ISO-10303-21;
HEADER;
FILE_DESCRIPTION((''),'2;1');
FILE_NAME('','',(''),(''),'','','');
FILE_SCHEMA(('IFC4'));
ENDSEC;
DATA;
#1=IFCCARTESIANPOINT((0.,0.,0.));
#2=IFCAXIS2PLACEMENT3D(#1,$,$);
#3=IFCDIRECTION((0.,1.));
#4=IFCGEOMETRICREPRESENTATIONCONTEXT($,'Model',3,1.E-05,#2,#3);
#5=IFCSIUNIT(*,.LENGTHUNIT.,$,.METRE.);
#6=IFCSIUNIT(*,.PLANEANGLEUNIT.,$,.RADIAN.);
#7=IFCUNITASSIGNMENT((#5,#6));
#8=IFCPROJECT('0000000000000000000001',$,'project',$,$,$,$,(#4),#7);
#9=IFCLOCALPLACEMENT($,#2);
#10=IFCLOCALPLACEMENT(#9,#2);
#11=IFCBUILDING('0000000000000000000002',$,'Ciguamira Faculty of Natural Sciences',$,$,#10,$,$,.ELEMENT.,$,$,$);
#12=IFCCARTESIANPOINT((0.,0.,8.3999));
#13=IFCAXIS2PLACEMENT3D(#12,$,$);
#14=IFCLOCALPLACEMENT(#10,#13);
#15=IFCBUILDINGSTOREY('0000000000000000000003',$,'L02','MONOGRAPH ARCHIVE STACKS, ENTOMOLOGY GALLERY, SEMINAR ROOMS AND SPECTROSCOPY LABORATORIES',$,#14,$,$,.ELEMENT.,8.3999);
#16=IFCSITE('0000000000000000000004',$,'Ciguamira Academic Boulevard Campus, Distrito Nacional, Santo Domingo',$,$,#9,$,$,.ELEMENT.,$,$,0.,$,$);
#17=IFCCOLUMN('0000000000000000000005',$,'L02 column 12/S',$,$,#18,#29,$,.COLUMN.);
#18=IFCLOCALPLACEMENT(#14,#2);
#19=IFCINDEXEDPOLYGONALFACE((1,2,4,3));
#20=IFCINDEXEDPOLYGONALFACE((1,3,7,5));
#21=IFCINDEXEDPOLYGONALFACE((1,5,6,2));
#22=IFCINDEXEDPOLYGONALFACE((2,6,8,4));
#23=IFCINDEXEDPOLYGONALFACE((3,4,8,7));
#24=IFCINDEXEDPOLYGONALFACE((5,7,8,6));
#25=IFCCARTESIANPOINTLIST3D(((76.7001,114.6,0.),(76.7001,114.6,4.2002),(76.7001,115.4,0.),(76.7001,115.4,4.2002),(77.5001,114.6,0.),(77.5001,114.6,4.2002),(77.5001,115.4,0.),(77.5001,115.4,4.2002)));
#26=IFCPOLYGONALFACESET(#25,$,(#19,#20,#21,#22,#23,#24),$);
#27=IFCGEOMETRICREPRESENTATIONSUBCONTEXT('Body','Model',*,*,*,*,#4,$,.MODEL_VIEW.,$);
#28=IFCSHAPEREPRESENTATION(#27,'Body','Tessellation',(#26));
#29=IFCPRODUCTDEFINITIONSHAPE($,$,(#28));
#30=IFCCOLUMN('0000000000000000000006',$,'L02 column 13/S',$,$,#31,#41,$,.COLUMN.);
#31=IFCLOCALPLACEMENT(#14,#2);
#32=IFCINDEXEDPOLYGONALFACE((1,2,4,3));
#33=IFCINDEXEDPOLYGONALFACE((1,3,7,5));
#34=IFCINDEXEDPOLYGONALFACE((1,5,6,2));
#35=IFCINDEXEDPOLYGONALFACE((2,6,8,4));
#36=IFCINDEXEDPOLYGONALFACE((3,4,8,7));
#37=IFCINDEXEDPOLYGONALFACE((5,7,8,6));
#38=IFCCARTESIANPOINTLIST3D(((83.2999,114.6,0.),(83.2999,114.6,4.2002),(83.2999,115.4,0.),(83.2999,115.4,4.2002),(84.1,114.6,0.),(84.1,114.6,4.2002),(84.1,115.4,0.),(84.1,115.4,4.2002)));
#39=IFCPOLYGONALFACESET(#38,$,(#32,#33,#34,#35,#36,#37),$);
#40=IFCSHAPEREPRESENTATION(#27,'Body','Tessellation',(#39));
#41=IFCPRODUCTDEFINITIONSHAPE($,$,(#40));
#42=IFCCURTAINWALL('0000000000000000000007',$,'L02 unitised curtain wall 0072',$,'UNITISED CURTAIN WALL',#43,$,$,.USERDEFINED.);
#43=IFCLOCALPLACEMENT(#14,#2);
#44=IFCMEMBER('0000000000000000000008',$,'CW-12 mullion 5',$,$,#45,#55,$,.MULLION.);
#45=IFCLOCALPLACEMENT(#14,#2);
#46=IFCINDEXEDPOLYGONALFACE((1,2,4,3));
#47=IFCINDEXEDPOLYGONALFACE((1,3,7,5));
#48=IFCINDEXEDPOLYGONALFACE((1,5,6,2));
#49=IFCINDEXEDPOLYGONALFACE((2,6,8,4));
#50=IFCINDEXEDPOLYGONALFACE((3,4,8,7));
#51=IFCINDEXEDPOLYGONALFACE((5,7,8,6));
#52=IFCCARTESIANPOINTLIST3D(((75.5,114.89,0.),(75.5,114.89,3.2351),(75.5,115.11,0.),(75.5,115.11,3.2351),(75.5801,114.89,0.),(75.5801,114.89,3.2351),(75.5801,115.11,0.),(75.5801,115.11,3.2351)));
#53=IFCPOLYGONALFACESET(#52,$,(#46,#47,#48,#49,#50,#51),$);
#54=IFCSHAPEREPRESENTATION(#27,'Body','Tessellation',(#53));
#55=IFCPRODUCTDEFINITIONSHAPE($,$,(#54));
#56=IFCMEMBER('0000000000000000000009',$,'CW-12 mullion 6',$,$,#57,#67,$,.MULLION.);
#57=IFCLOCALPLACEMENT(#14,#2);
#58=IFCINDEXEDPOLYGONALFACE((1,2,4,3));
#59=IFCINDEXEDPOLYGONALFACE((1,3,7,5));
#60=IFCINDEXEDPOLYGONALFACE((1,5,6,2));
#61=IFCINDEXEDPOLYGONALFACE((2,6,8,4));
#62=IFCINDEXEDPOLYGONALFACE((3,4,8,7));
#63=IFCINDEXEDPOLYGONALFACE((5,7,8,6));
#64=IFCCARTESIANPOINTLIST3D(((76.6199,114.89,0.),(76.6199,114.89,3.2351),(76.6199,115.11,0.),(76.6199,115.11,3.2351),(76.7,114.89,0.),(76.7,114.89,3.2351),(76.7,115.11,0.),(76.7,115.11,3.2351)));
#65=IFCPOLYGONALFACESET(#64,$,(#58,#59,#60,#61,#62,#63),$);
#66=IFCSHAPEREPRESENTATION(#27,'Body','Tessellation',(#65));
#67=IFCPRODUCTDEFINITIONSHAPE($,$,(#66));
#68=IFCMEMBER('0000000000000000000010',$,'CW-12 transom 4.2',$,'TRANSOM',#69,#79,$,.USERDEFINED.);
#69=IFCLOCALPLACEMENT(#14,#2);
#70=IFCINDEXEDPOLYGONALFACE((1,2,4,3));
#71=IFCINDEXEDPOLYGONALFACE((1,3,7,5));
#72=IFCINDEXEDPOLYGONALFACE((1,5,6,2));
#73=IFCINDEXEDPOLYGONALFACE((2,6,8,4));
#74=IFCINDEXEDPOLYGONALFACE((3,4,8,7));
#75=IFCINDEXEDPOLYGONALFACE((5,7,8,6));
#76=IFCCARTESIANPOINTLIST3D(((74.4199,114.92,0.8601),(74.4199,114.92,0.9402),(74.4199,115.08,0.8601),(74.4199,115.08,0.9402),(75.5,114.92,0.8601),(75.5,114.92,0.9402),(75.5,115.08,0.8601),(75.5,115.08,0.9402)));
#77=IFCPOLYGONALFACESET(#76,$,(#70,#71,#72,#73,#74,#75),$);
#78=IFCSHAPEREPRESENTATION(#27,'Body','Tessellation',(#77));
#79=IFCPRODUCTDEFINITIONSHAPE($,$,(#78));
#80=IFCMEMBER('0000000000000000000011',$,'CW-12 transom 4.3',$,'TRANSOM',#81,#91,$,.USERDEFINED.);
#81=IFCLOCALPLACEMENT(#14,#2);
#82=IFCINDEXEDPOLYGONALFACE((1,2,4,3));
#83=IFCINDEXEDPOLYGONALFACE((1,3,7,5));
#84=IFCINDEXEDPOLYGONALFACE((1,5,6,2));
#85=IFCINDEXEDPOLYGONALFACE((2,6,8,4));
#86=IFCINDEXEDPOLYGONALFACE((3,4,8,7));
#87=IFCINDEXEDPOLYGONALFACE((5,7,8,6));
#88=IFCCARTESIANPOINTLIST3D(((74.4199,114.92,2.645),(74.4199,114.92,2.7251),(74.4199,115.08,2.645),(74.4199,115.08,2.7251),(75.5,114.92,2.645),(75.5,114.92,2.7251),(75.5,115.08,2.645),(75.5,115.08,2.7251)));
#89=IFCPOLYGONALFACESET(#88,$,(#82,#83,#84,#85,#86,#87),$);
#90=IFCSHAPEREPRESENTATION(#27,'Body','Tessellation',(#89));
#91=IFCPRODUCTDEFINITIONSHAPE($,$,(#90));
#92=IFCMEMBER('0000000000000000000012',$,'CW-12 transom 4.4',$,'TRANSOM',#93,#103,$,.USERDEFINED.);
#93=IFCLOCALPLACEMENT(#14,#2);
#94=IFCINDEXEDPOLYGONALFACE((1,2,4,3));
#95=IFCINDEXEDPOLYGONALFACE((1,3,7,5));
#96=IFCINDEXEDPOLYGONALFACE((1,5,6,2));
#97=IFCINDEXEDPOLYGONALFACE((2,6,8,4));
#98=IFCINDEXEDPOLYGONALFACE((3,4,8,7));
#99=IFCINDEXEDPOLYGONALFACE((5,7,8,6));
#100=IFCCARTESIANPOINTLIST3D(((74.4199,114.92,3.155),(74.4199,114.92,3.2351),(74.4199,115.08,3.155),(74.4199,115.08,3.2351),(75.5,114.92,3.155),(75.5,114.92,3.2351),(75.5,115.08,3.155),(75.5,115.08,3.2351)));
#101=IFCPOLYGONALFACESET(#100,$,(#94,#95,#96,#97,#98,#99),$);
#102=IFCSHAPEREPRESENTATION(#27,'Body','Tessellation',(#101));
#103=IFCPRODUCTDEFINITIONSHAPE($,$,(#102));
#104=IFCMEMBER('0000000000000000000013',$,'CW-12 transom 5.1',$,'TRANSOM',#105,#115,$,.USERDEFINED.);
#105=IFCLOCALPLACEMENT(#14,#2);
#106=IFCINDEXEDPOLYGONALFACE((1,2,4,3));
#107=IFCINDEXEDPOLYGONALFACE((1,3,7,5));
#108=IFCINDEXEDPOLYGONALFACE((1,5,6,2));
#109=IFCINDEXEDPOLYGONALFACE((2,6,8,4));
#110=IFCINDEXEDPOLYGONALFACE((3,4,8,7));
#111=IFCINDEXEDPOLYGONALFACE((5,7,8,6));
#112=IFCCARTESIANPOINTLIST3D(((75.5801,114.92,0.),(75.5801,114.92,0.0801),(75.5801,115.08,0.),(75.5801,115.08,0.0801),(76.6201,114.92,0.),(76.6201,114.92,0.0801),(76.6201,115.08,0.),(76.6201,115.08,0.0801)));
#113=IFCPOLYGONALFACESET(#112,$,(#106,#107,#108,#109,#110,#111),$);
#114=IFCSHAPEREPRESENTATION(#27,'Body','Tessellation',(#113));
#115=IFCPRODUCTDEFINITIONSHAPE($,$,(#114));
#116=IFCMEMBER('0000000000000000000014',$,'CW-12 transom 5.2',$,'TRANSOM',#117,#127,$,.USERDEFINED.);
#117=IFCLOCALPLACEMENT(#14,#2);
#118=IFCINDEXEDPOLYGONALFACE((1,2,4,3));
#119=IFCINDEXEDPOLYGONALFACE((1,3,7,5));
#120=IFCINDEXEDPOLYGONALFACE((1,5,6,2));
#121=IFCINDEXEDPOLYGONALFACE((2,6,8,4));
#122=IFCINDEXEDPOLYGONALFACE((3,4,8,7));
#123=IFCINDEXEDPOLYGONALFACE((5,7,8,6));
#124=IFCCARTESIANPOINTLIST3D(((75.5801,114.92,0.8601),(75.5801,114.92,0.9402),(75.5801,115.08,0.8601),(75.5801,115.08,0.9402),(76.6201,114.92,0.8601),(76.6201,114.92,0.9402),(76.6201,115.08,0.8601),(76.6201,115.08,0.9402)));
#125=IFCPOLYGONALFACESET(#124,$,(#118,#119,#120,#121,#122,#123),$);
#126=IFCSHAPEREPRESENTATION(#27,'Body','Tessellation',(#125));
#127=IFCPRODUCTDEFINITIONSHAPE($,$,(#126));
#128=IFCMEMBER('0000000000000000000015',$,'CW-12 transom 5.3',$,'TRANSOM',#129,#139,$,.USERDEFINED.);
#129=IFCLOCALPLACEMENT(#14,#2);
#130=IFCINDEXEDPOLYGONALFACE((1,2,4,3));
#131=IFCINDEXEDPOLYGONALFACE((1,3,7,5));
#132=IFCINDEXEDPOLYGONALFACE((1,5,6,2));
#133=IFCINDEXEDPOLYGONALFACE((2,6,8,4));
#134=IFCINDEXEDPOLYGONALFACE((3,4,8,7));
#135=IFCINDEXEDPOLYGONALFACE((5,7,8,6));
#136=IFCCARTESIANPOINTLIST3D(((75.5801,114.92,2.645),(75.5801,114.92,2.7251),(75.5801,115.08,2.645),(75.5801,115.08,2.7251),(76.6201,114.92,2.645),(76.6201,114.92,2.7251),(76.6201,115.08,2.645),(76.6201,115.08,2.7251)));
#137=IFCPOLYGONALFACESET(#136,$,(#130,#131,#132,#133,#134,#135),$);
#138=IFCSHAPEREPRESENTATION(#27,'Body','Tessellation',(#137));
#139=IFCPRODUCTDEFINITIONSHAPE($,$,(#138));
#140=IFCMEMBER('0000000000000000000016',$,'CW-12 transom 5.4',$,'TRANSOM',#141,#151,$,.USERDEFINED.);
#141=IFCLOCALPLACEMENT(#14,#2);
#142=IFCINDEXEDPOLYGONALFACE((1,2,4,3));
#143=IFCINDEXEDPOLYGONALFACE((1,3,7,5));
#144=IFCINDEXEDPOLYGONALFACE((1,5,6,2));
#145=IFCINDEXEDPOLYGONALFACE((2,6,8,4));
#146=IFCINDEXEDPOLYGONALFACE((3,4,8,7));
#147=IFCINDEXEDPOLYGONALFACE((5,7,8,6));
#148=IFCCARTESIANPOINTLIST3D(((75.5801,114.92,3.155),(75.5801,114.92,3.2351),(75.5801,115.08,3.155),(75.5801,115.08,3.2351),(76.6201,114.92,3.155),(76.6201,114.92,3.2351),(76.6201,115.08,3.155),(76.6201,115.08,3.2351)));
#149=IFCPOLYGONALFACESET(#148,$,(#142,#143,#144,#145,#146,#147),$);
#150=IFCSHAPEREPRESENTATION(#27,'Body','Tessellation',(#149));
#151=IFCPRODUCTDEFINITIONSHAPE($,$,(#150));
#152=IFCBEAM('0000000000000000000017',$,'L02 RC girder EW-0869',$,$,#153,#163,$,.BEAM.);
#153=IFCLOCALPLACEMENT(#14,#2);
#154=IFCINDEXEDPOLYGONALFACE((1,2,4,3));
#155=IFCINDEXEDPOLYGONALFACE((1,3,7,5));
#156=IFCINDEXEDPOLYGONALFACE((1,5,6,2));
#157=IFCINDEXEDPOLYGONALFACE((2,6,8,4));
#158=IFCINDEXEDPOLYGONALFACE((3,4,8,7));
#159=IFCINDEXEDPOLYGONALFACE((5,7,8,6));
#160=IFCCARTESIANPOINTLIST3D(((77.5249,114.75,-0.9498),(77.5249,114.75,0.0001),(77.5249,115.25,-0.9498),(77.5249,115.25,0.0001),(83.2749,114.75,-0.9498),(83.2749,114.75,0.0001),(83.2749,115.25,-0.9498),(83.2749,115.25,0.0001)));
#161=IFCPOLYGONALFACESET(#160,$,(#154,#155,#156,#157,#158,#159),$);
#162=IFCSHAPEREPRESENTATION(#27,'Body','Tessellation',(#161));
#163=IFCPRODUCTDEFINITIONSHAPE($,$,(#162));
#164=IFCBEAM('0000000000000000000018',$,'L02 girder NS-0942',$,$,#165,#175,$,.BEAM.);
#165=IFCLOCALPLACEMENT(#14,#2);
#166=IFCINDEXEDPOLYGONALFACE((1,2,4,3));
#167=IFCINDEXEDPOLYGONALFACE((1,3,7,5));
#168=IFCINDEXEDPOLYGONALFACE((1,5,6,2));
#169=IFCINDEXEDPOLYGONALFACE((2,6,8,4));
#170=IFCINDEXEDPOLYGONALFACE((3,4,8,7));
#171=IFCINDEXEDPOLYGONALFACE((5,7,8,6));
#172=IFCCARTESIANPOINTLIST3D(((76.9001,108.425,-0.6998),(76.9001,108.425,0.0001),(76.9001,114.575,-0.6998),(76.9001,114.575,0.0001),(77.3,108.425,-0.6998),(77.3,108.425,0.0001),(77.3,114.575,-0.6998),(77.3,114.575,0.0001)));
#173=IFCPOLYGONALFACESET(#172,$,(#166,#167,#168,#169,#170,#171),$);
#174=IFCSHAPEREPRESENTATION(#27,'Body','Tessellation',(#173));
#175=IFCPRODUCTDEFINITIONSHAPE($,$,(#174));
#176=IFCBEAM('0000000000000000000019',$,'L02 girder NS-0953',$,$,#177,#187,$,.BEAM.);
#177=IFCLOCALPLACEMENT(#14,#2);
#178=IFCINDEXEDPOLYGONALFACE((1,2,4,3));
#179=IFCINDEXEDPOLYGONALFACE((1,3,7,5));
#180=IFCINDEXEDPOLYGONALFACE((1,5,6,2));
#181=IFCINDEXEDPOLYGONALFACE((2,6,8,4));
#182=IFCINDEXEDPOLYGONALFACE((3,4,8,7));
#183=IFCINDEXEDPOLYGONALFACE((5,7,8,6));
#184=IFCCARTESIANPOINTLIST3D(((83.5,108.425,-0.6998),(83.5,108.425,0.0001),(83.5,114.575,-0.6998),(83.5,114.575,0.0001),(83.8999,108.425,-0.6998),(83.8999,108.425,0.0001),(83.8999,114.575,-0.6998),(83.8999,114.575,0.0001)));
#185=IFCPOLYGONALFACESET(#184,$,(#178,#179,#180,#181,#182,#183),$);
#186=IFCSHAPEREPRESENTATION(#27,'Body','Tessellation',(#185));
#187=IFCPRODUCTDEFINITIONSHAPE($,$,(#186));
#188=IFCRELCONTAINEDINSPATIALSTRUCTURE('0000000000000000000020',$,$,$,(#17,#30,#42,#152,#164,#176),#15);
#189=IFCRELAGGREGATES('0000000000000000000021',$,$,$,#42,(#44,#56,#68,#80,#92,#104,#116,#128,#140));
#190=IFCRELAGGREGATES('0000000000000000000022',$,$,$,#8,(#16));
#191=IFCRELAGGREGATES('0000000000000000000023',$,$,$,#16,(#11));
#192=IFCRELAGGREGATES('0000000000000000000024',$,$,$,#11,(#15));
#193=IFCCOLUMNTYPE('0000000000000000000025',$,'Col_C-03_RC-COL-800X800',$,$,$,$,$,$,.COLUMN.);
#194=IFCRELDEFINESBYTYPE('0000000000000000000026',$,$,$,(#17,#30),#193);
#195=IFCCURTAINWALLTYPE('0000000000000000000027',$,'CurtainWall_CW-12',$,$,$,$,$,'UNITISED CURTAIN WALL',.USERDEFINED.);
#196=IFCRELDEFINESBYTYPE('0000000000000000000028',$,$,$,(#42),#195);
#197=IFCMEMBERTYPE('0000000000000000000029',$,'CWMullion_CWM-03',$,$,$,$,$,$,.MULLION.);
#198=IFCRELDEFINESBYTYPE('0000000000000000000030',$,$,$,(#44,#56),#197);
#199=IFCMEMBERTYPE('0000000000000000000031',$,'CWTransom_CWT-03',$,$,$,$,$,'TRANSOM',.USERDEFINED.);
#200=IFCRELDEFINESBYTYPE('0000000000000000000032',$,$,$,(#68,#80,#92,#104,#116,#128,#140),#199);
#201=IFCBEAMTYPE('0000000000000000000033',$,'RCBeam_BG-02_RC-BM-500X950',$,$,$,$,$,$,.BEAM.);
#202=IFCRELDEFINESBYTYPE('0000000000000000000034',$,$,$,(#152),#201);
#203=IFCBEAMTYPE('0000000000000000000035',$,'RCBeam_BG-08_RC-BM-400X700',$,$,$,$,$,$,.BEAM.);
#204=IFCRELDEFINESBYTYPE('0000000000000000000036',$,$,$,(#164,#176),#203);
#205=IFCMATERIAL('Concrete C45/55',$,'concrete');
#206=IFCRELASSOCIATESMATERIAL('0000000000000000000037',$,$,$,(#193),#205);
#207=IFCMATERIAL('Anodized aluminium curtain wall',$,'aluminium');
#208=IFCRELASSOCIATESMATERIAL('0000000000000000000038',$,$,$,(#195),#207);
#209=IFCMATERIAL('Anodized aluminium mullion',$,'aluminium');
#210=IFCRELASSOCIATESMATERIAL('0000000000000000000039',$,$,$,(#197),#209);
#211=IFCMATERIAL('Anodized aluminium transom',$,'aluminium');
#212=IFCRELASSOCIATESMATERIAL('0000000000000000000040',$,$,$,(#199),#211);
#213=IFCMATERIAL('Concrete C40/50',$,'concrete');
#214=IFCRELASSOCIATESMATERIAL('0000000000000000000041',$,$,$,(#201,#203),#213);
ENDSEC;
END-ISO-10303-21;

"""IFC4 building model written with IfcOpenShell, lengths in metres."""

from ifc_helpers import new_model, si_unit, direction, frame, origin, origin_2d, place, context, subcontext, project, spatial, rectangle, extrude, material, material_profile, profile_set, type_object, element, aggregate, save


model = new_model("IFC4")

# Units and contexts
model_context = context("Model", 3, precision=1e-05, world=origin(), true_north=direction((0.0, 1.0)))
body_context = subcontext(model_context, "Body", "Model", "MODEL_VIEW")
ifc_project = project(units=[si_unit("LENGTHUNIT", "METRE"), si_unit("PLANEANGLEUNIT", "RADIAN")], contexts=[model_context])

# Site, building, storey
site_placement = place(None, origin())
site = spatial("IfcSite", under=ifc_project, at=site_placement, Name="Ciguamira Academic Boulevard Campus, Distrito Nacional, Santo Domingo", CompositionType="ELEMENT", RefElevation=0.0)
building_placement = place(site_placement, origin())
building = spatial("IfcBuilding", under=site, at=building_placement, Name="Ciguamira Faculty of Natural Sciences", CompositionType="ELEMENT")
storey_placement = place(building_placement, frame((0.0, 0.0, 8.3999)))
storey = spatial("IfcBuildingStorey", under=building, at=storey_placement, Name="L02", Description="MONOGRAPH ARCHIVE STACKS, ENTOMOLOGY GALLERY, SEMINAR ROOMS AND SPECTROSCOPY LABORATORIES", CompositionType="ELEMENT", Elevation=8.3999)

# Columns
ifc_material_1 = material(Name="Concrete C45/55", Category="concrete")
ifc_material_profile_1 = material_profile(ifc_material_1, rectangle(XDim=0.8, YDim=0.8, at=origin_2d()), Name="RC-COL-800X800")
ifc_profile_set_1 = profile_set([ifc_material_profile_1], Name="Concrete C45/55")
column_type = type_object("IfcColumnType", Name="Col_C-03_RC-COL-800X800", PredefinedType="COLUMN", material=ifc_profile_set_1)
for number, where, z_axis, x_axis, name in (
    (1, (77.1001, 115.0, 0.0), (0.0, 0.0, 1.0), (1.0, 0.0, 0.0), "L02 column 12/S"),
    (2, (83.7, 115.0, 0.0), (0.0, 0.0, 1.0), (1.0, 0.0, 0.0), "L02 column 13/S"),
):
    element("IfcColumn", number, at=place(storey_placement, frame(where, z_axis=z_axis, x_axis=x_axis)), inside=storey, type_object=column_type, Name=name, PredefinedType="COLUMN", context=body_context, shape_type="SweptSolid", body=[
        extrude(rectangle(XDim=0.8, YDim=0.8, at=origin_2d()), origin(), (0.0, 0.0, 1.0), 4.2002),
    ])

# Curtain wall, members
ifc_material_2 = material(Name="Anodized aluminium curtain wall", Category="aluminium")
curtain_wall_type = type_object("IfcCurtainWallType", Name="CurtainWall_CW-12", ElementType="UNITISED CURTAIN WALL", PredefinedType="USERDEFINED", material=ifc_material_2)
curtain_wall_placement = place(storey_placement, origin())
curtain_wall = element("IfcCurtainWall", 3, at=curtain_wall_placement, inside=storey, type_object=curtain_wall_type, Name="L02 unitised curtain wall 0072", ObjectType="UNITISED CURTAIN WALL", PredefinedType="USERDEFINED")
ifc_material_3 = material(Name="Anodized aluminium mullion", Category="aluminium")
ifc_material_profile_2 = material_profile(ifc_material_3, rectangle(XDim=0.0801, YDim=0.22, at=origin_2d()), Name="ALU-MUL-80X220")
ifc_profile_set_2 = profile_set([ifc_material_profile_2], Name="Anodized aluminium mullion")
member_type_1 = type_object("IfcMemberType", Name="CWMullion_CWM-03", PredefinedType="MULLION", material=ifc_profile_set_2)
member_1_placement = place(storey_placement, frame((75.54, 115.0, 0.0), z_axis=(0.0, 0.0, 1.0), x_axis=(1.0, 0.0, 0.0)))
member_1 = element("IfcMember", 4, at=member_1_placement, type_object=member_type_1, Name="CW-12 mullion 5", PredefinedType="MULLION", context=body_context, shape_type="SweptSolid", body=[
    extrude(rectangle(XDim=0.0801, YDim=0.22, at=origin_2d()), origin(), (0.0, 0.0, 1.0), 3.2351),
])
member_2_placement = place(storey_placement, frame((76.6599, 115.0, 0.0), z_axis=(0.0, 0.0, 1.0), x_axis=(1.0, 0.0, 0.0)))
member_2 = element("IfcMember", 5, at=member_2_placement, type_object=member_type_1, Name="CW-12 mullion 6", PredefinedType="MULLION", context=body_context, shape_type="SweptSolid", body=[
    extrude(rectangle(XDim=0.0801, YDim=0.22, at=origin_2d()), origin(), (0.0, 0.0, 1.0), 3.2351),
])
ifc_material_4 = material(Name="Anodized aluminium transom", Category="aluminium")
ifc_material_profile_3 = material_profile(ifc_material_4, rectangle(XDim=0.0801, YDim=0.1599, at=origin_2d()), Name="ALU-TRN-80X160")
ifc_profile_set_3 = profile_set([ifc_material_profile_3], Name="Anodized aluminium transom")
member_type_2 = type_object("IfcMemberType", Name="CWTransom_CWT-03", ElementType="TRANSOM", PredefinedType="USERDEFINED", material=ifc_profile_set_3)
member_3_placement = place(storey_placement, frame((74.4199, 115.0, 0.9001), z_axis=(1.0, 0.0, 0.0), x_axis=(0.0, 0.0, 1.0)))
member_3 = element("IfcMember", 6, at=member_3_placement, type_object=member_type_2, Name="CW-12 transom 4.2", ObjectType="TRANSOM", PredefinedType="USERDEFINED", context=body_context, shape_type="SweptSolid", body=[
    extrude(rectangle(XDim=0.0801, YDim=0.1599, at=origin_2d()), origin(), (0.0, 0.0, 1.0), 1.0801),
])
member_4_placement = place(storey_placement, frame((74.4199, 115.0, 2.6851), z_axis=(1.0, 0.0, 0.0), x_axis=(0.0, 0.0, 1.0)))
member_4 = element("IfcMember", 7, at=member_4_placement, type_object=member_type_2, Name="CW-12 transom 4.3", ObjectType="TRANSOM", PredefinedType="USERDEFINED", context=body_context, shape_type="SweptSolid", body=[
    extrude(rectangle(XDim=0.0801, YDim=0.1599, at=origin_2d()), origin(), (0.0, 0.0, 1.0), 1.0801),
])
member_5_placement = place(storey_placement, frame((74.4199, 115.0, 3.1951), z_axis=(1.0, 0.0, 0.0), x_axis=(0.0, 0.0, 1.0)))
member_5 = element("IfcMember", 8, at=member_5_placement, type_object=member_type_2, Name="CW-12 transom 4.4", ObjectType="TRANSOM", PredefinedType="USERDEFINED", context=body_context, shape_type="SweptSolid", body=[
    extrude(rectangle(XDim=0.0801, YDim=0.1599, at=origin_2d()), origin(), (0.0, 0.0, 1.0), 1.0801),
])
member_6_placement = place(storey_placement, frame((75.5801, 115.0, 0.04), z_axis=(1.0, 0.0, 0.0), x_axis=(0.0, 0.0, 1.0)))
member_6 = element("IfcMember", 9, at=member_6_placement, type_object=member_type_2, Name="CW-12 transom 5.1", ObjectType="TRANSOM", PredefinedType="USERDEFINED", context=body_context, shape_type="SweptSolid", body=[
    extrude(rectangle(XDim=0.0801, YDim=0.1599, at=origin_2d()), origin(), (0.0, 0.0, 1.0), 1.04),
])
member_7_placement = place(storey_placement, frame((75.5801, 115.0, 0.9001), z_axis=(1.0, 0.0, 0.0), x_axis=(0.0, 0.0, 1.0)))
member_7 = element("IfcMember", 10, at=member_7_placement, type_object=member_type_2, Name="CW-12 transom 5.2", ObjectType="TRANSOM", PredefinedType="USERDEFINED", context=body_context, shape_type="SweptSolid", body=[
    extrude(rectangle(XDim=0.0801, YDim=0.1599, at=origin_2d()), origin(), (0.0, 0.0, 1.0), 1.04),
])
member_8_placement = place(storey_placement, frame((75.5801, 115.0, 2.6851), z_axis=(1.0, 0.0, 0.0), x_axis=(0.0, 0.0, 1.0)))
member_8 = element("IfcMember", 11, at=member_8_placement, type_object=member_type_2, Name="CW-12 transom 5.3", ObjectType="TRANSOM", PredefinedType="USERDEFINED", context=body_context, shape_type="SweptSolid", body=[
    extrude(rectangle(XDim=0.0801, YDim=0.1599, at=origin_2d()), origin(), (0.0, 0.0, 1.0), 1.04),
])
member_9_placement = place(storey_placement, frame((75.5801, 115.0, 3.1951), z_axis=(1.0, 0.0, 0.0), x_axis=(0.0, 0.0, 1.0)))
member_9 = element("IfcMember", 12, at=member_9_placement, type_object=member_type_2, Name="CW-12 transom 5.4", ObjectType="TRANSOM", PredefinedType="USERDEFINED", context=body_context, shape_type="SweptSolid", body=[
    extrude(rectangle(XDim=0.0801, YDim=0.1599, at=origin_2d()), origin(), (0.0, 0.0, 1.0), 1.04),
])

# Beams
ifc_material_5 = material(Name="Concrete C40/50", Category="concrete")
ifc_material_profile_4 = material_profile(ifc_material_5, rectangle(XDim=0.5, YDim=0.95, at=origin_2d()), Name="RC-BM-500X950")
ifc_profile_set_4 = profile_set([ifc_material_profile_4], Name="Concrete C40/50")
beam_type_1 = type_object("IfcBeamType", Name="RCBeam_BG-02_RC-BM-500X950", PredefinedType="BEAM", material=ifc_profile_set_4)
beam_1_placement = place(storey_placement, frame((77.5249, 115.0, -0.4749), z_axis=(1.0, 0.0, 0.0), x_axis=(0.0, 1.0, 0.0)))
element("IfcBeam", 13, at=beam_1_placement, inside=storey, type_object=beam_type_1, Name="L02 RC girder EW-0869", PredefinedType="BEAM", context=body_context, shape_type="SweptSolid", body=[
    extrude(rectangle(XDim=0.5, YDim=0.95, at=origin_2d()), origin(), (0.0, 0.0, 1.0), 5.75),
])
ifc_material_profile_5 = material_profile(ifc_material_5, rectangle(XDim=0.3999, YDim=0.7, at=origin_2d()), Name="RC-BM-400X700")
ifc_profile_set_5 = profile_set([ifc_material_profile_5], Name="Concrete C40/50")
beam_type_2 = type_object("IfcBeamType", Name="RCBeam_BG-08_RC-BM-400X700", PredefinedType="BEAM", material=ifc_profile_set_5)
for number, where, z_axis, x_axis, name in (
    (14, (77.1001, 108.425, -0.3499), (0.0, 1.0, 0.0), (-1.0, 0.0, 0.0), "L02 girder NS-0942"),
    (15, (83.7, 108.425, -0.3499), (0.0, 1.0, 0.0), (-1.0, 0.0, 0.0), "L02 girder NS-0953"),
):
    element("IfcBeam", number, at=place(storey_placement, frame(where, z_axis=z_axis, x_axis=x_axis)), inside=storey, type_object=beam_type_2, Name=name, PredefinedType="BEAM", context=body_context, shape_type="SweptSolid", body=[
        extrude(rectangle(XDim=0.3999, YDim=0.7, at=origin_2d()), origin(), (0.0, 0.0, 1.0), 6.1499),
    ])

aggregate(curtain_wall, [member_1, member_2, member_3, member_4, member_5, member_6, member_7, member_8, member_9])

save(model, "model.ifc")
